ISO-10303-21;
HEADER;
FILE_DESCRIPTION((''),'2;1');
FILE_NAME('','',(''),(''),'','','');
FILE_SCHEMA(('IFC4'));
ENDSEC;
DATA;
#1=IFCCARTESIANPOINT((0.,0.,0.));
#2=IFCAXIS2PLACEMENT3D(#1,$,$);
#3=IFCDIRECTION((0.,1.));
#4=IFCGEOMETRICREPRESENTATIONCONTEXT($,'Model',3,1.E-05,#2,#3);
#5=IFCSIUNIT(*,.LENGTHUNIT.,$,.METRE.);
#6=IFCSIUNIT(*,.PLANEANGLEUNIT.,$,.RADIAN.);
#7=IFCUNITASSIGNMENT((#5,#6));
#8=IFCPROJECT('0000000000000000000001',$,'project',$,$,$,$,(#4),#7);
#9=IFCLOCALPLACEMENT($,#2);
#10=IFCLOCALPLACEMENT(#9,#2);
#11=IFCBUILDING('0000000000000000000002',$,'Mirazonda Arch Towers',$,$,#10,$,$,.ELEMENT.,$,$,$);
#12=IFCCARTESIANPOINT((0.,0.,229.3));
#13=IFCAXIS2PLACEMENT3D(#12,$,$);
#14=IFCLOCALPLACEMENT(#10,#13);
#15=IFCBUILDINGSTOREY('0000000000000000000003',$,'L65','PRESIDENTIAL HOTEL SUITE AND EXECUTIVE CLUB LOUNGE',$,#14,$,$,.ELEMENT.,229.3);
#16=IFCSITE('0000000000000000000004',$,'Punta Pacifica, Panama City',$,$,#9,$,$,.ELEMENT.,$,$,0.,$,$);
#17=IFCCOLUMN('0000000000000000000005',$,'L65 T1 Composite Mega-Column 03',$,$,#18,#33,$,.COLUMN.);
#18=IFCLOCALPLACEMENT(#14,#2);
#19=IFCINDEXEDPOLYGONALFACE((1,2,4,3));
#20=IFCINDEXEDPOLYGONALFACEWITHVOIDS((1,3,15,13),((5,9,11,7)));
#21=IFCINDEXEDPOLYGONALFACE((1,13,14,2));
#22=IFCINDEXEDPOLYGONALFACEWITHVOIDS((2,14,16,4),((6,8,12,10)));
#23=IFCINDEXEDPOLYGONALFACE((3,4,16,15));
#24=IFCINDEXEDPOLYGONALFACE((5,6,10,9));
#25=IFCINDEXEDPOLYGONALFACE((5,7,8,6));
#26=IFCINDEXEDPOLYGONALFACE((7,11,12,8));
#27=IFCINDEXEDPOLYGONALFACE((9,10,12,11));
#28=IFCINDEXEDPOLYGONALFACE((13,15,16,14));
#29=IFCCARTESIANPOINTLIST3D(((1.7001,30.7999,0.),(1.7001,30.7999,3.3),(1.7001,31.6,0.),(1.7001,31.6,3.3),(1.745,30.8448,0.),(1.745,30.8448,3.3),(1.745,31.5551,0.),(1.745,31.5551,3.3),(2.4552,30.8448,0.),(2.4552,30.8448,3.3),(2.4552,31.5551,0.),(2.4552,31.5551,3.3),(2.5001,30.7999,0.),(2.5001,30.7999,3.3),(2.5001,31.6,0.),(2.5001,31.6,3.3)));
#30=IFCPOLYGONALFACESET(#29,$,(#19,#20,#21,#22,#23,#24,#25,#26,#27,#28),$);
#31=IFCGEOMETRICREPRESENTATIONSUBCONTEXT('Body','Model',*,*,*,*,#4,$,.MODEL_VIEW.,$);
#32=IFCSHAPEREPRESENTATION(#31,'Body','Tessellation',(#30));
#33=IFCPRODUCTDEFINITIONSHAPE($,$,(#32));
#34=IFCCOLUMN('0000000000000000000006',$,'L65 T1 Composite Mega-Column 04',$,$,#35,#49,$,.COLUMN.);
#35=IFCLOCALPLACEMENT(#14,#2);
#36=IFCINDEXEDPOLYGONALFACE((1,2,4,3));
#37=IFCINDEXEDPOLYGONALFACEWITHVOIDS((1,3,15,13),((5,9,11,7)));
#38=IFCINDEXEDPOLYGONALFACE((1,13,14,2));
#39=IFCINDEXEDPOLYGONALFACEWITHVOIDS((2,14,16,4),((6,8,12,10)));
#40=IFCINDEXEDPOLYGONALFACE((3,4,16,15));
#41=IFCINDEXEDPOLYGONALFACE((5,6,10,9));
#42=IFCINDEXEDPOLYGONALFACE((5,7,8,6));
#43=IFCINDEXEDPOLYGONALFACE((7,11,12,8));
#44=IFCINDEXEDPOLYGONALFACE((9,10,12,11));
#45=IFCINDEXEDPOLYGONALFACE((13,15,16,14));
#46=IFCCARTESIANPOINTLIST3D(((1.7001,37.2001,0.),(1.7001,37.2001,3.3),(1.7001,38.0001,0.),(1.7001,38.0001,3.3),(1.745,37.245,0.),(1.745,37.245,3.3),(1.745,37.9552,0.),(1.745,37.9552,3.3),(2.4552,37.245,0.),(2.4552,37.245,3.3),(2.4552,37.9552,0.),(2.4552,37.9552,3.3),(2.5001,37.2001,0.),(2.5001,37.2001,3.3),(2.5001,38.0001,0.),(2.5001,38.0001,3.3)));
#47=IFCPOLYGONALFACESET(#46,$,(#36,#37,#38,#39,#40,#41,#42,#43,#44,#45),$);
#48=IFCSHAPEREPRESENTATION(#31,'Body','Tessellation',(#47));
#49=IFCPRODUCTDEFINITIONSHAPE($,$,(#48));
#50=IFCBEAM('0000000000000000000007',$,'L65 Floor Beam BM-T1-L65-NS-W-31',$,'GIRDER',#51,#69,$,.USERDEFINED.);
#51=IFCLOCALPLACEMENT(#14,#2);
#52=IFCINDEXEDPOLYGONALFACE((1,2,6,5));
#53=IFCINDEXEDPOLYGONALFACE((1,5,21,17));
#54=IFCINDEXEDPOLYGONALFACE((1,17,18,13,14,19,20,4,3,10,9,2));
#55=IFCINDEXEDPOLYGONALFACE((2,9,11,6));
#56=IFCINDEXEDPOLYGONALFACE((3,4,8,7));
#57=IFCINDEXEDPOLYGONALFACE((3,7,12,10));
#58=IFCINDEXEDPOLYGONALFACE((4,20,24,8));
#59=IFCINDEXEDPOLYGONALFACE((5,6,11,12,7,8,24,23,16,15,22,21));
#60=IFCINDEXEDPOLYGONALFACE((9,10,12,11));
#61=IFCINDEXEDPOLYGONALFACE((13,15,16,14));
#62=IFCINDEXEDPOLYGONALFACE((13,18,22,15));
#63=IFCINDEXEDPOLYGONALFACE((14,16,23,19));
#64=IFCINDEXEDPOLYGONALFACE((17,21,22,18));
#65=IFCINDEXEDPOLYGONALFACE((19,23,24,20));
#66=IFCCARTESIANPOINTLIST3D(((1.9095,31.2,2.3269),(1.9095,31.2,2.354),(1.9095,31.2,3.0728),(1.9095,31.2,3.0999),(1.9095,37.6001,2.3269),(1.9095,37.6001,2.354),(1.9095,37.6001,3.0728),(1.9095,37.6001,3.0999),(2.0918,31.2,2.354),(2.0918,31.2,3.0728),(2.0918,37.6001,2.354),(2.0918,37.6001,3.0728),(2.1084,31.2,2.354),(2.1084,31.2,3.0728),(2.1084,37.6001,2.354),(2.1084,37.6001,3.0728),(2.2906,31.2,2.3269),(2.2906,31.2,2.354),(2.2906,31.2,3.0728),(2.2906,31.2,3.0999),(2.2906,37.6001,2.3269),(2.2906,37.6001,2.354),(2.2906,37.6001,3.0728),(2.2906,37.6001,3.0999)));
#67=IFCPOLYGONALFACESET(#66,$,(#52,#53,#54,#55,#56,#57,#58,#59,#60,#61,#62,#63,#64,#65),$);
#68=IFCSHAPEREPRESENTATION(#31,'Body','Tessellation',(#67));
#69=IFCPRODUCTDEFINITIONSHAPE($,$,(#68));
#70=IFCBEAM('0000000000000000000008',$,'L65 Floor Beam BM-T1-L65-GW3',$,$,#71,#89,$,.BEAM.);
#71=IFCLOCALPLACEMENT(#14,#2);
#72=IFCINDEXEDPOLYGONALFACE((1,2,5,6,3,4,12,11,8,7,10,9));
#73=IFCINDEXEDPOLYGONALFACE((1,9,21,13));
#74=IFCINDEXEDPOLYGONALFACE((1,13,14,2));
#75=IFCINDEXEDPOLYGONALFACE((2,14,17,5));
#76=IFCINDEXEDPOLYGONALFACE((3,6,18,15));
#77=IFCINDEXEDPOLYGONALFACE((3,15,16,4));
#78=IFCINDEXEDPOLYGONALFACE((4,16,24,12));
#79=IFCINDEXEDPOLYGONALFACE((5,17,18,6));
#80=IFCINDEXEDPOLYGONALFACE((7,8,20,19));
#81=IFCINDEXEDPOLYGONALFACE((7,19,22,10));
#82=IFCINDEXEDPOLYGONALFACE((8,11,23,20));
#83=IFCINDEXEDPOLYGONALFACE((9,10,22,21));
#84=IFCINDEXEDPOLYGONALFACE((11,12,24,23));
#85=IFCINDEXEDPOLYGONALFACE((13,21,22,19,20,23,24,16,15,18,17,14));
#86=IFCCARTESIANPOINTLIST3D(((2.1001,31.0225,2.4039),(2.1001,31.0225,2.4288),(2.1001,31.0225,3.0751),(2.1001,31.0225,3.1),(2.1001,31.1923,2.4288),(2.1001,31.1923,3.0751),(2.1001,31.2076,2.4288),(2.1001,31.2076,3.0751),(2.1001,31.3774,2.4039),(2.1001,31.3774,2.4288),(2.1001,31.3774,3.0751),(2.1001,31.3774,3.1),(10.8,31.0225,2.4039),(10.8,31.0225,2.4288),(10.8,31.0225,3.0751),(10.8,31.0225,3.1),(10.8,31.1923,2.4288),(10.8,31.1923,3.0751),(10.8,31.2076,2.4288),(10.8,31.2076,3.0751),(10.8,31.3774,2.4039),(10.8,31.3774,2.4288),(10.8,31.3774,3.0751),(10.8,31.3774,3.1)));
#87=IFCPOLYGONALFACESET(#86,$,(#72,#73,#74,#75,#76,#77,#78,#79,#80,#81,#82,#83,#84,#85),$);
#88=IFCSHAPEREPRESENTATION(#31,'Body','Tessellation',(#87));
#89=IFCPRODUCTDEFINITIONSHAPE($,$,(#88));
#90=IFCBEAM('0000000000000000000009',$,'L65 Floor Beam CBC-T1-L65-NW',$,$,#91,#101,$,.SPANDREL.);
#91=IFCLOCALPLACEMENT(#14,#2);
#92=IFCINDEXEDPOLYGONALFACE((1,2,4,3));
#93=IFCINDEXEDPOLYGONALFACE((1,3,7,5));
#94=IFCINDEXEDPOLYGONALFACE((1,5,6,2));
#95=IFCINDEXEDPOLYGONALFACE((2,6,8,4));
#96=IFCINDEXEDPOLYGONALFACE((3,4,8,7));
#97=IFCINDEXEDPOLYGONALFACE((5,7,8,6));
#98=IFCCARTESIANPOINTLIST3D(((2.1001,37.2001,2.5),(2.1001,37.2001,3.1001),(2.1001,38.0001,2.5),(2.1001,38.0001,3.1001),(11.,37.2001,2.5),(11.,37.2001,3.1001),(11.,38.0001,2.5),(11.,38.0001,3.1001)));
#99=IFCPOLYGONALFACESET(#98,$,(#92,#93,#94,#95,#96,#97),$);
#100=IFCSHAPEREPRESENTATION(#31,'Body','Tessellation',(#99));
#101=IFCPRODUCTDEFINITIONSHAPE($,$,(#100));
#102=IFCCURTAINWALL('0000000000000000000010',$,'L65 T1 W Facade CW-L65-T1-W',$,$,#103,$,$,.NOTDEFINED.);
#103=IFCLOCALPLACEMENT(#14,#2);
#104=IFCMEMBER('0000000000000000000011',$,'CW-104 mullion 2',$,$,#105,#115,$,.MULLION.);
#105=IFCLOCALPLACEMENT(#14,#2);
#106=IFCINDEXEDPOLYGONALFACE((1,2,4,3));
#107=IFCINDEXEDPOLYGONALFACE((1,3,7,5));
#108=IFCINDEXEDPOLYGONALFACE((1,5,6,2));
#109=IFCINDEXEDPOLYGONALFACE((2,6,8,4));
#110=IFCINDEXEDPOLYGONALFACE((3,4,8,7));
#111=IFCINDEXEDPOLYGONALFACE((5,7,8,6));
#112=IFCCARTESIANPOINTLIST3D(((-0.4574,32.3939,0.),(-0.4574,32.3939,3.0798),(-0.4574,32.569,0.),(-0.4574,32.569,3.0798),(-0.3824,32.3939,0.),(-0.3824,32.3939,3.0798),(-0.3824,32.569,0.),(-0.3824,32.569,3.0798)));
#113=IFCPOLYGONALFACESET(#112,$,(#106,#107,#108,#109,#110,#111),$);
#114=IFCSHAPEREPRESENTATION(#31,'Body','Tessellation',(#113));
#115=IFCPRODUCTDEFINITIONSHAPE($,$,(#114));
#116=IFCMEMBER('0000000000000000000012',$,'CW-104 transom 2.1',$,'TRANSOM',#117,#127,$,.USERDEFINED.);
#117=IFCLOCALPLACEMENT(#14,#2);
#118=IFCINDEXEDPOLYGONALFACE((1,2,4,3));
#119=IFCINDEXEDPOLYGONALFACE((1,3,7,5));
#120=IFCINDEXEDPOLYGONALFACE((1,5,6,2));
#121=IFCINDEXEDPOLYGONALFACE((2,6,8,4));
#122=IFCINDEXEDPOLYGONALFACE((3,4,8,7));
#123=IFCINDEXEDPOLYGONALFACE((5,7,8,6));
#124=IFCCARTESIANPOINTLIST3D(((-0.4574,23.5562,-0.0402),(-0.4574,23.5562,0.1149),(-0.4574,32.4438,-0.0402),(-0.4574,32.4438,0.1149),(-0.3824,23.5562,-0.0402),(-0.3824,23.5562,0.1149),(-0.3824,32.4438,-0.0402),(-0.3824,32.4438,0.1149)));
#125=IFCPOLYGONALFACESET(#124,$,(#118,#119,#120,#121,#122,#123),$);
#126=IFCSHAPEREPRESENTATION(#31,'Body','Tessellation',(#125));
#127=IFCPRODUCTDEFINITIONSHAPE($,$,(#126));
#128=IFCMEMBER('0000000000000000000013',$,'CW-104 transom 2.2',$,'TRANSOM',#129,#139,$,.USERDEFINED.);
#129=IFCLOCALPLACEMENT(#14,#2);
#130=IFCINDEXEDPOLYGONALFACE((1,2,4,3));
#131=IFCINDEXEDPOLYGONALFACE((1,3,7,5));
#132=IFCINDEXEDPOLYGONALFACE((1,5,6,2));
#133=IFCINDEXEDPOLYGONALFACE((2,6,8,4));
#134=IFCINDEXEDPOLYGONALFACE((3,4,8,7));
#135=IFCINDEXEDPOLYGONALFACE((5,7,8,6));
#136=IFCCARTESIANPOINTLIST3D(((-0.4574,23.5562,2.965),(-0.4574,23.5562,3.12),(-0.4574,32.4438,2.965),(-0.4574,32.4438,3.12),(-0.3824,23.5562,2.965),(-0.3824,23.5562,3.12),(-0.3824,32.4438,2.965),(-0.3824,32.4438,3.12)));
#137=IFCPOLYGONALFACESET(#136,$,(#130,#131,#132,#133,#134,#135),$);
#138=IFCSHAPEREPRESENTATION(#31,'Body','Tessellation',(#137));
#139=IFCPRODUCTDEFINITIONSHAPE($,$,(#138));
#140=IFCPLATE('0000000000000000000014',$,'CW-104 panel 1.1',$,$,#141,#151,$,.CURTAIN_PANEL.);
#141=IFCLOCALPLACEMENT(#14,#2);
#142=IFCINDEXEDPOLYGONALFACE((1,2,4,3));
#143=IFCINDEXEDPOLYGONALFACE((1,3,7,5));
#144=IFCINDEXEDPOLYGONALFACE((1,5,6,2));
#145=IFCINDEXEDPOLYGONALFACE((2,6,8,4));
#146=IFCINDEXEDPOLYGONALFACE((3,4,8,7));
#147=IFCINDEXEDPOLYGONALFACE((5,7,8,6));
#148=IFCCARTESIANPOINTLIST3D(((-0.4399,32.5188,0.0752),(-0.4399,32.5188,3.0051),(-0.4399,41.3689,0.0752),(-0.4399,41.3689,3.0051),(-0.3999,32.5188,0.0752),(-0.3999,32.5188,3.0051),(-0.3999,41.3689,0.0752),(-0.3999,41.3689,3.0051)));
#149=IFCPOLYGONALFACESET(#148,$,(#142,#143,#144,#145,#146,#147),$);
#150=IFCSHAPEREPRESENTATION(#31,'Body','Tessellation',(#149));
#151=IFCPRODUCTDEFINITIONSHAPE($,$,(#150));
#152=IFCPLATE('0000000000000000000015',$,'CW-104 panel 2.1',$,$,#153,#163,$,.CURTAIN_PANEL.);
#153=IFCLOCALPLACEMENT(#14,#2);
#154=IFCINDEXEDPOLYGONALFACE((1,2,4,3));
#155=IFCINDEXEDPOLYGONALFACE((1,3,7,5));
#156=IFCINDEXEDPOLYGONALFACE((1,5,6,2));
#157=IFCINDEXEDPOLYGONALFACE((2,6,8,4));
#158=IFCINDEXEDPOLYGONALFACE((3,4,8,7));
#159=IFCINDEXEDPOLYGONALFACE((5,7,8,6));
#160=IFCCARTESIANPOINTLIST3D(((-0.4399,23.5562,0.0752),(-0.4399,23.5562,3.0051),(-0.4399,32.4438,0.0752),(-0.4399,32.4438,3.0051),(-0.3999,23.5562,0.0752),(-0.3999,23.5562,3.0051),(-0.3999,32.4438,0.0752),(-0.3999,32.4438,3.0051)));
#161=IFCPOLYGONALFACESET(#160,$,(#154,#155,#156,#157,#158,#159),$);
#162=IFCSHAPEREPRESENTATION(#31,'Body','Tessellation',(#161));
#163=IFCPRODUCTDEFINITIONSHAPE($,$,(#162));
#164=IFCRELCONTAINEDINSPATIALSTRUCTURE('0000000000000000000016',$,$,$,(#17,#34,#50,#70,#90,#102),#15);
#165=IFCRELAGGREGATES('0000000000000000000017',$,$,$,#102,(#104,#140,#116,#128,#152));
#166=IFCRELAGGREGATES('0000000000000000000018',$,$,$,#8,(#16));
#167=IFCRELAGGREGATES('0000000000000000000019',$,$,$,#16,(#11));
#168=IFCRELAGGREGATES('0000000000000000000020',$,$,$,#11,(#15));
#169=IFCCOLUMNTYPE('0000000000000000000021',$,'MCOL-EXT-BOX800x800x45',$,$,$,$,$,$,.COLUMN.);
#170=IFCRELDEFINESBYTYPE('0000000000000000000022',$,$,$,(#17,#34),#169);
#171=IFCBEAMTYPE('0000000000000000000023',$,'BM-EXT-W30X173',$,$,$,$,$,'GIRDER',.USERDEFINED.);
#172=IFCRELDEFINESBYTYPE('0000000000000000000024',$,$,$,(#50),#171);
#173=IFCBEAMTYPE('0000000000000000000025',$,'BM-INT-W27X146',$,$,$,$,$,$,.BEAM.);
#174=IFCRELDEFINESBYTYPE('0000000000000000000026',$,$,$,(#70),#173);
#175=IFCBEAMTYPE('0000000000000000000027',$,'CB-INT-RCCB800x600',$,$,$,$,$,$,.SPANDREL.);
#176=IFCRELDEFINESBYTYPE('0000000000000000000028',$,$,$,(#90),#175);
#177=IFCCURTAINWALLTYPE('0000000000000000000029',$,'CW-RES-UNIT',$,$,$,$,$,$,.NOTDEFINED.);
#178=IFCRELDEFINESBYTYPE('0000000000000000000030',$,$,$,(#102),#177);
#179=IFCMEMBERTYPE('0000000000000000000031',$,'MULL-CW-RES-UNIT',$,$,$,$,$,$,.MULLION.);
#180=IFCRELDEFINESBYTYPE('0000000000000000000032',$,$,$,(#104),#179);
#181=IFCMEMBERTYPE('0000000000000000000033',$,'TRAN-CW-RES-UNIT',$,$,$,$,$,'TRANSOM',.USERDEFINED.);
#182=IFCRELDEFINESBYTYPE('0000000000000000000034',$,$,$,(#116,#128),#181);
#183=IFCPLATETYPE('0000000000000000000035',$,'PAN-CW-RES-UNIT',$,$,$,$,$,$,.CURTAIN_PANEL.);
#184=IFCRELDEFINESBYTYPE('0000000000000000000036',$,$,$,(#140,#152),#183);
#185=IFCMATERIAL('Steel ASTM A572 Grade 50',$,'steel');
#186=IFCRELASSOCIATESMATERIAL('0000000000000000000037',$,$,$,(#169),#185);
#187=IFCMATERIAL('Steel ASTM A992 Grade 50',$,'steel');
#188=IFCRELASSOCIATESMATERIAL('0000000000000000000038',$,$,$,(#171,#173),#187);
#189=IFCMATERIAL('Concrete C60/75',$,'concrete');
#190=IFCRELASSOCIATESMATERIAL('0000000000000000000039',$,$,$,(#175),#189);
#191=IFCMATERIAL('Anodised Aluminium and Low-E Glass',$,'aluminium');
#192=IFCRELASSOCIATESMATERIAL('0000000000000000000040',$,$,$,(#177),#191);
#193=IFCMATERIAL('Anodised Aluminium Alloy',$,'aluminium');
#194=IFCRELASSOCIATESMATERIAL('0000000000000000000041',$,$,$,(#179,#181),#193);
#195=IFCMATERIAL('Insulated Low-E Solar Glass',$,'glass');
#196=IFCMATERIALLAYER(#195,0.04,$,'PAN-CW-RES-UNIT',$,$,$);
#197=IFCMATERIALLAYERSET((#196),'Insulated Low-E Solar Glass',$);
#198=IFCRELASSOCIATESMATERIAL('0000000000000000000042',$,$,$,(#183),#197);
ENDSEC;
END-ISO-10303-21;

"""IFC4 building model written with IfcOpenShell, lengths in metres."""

from ifc_helpers import new_model, si_unit, direction, frame, origin, origin_2d, place, context, subcontext, project, spatial, rectangle, hollow_rectangle, i_section, extrude, material, layer, layer_set, material_profile, profile_set, type_object, element, aggregate, save


model = new_model("IFC4")

# Units and contexts
model_context = context("Model", 3, precision=1e-05, world=origin(), true_north=direction((0.0, 1.0)))
body_context = subcontext(model_context, "Body", "Model", "MODEL_VIEW")
ifc_project = project(units=[si_unit("LENGTHUNIT", "METRE"), si_unit("PLANEANGLEUNIT", "RADIAN")], contexts=[model_context])

# Site, building, storey
site_placement = place(None, origin())
site = spatial("IfcSite", under=ifc_project, at=site_placement, Name="Punta Pacifica, Panama City", CompositionType="ELEMENT", RefElevation=0.0)
building_placement = place(site_placement, origin())
building = spatial("IfcBuilding", under=site, at=building_placement, Name="Mirazonda Arch Towers", CompositionType="ELEMENT")
storey_placement = place(building_placement, frame((0.0, 0.0, 229.3)))
storey = spatial("IfcBuildingStorey", under=building, at=storey_placement, Name="L65", Description="PRESIDENTIAL HOTEL SUITE AND EXECUTIVE CLUB LOUNGE", CompositionType="ELEMENT", Elevation=229.3)

# Columns
ifc_material_1 = material(Name="Steel ASTM A572 Grade 50", Category="steel")
ifc_material_profile_1 = material_profile(ifc_material_1, hollow_rectangle(XDim=0.8, YDim=0.8, WallThickness=0.0449, at=origin_2d()), Name="BOX800x800x45")
ifc_profile_set_1 = profile_set([ifc_material_profile_1], Name="Steel ASTM A572 Grade 50")
column_type = type_object("IfcColumnType", Name="MCOL-EXT-BOX800x800x45", PredefinedType="COLUMN", material=ifc_profile_set_1)
for number, where, z_axis, x_axis, name in (
    (1, (2.1001, 31.2, 0.0), (0.0, 0.0, 1.0), (1.0, 0.0, 0.0), "L65 T1 Composite Mega-Column 03"),
    (2, (2.1001, 37.6001, 0.0), (0.0, 0.0, 1.0), (1.0, 0.0, 0.0), "L65 T1 Composite Mega-Column 04"),
):
    element("IfcColumn", number, at=place(storey_placement, frame(where, z_axis=z_axis, x_axis=x_axis)), inside=storey, type_object=column_type, Name=name, PredefinedType="COLUMN", context=body_context, shape_type="SweptSolid", body=[
        extrude(hollow_rectangle(XDim=0.8, YDim=0.8, WallThickness=0.0449, at=origin_2d()), origin(), (0.0, 0.0, 1.0), 3.3),
    ])

# Beams
ifc_material_2 = material(Name="Steel ASTM A992 Grade 50", Category="steel")
ifc_material_profile_2 = material_profile(ifc_material_2, i_section(OverallWidth=0.3811, OverallDepth=0.7729, WebThickness=0.0166, FlangeThickness=0.0271, at=origin_2d()), Name="W30X173")
ifc_profile_set_2 = profile_set([ifc_material_profile_2], Name="Steel ASTM A992 Grade 50")
beam_type_1 = type_object("IfcBeamType", Name="BM-EXT-W30X173", ElementType="GIRDER", PredefinedType="USERDEFINED", material=ifc_profile_set_2)
beam_1_placement = place(storey_placement, frame((2.1001, 31.2, 2.7134), z_axis=(0.0, 1.0, 0.0), x_axis=(-1.0, 0.0, 0.0)))
element("IfcBeam", 3, at=beam_1_placement, inside=storey, type_object=beam_type_1, Name="L65 Floor Beam BM-T1-L65-NS-W-31", ObjectType="GIRDER", PredefinedType="USERDEFINED", context=body_context, shape_type="SweptSolid", body=[
    extrude(i_section(OverallWidth=0.3811, OverallDepth=0.7729, WebThickness=0.0166, FlangeThickness=0.0271, at=origin_2d()), origin(), (0.0, 0.0, 1.0), 6.4001),
])
ifc_material_profile_3 = material_profile(ifc_material_2, i_section(OverallWidth=0.355, OverallDepth=0.696, WebThickness=0.0154, FlangeThickness=0.0249, at=origin_2d()), Name="W27X146")
ifc_profile_set_3 = profile_set([ifc_material_profile_3], Name="Steel ASTM A992 Grade 50")
beam_type_2 = type_object("IfcBeamType", Name="BM-INT-W27X146", PredefinedType="BEAM", material=ifc_profile_set_3)
beam_2_placement = place(storey_placement, frame((2.1001, 31.2, 2.752), z_axis=(1.0, 0.0, 0.0), x_axis=(0.0, 1.0, 0.0)))
element("IfcBeam", 4, at=beam_2_placement, inside=storey, type_object=beam_type_2, Name="L65 Floor Beam BM-T1-L65-GW3", PredefinedType="BEAM", context=body_context, shape_type="SweptSolid", body=[
    extrude(i_section(OverallWidth=0.355, OverallDepth=0.696, WebThickness=0.0154, FlangeThickness=0.0249, at=origin_2d()), origin(), (0.0, 0.0, 1.0), 8.7),
])
ifc_material_3 = material(Name="Concrete C60/75", Category="concrete")
ifc_material_profile_4 = material_profile(ifc_material_3, rectangle(XDim=0.8, YDim=0.6001, at=origin_2d()), Name="RCCB800x600")
ifc_profile_set_4 = profile_set([ifc_material_profile_4], Name="Concrete C60/75")
beam_type_3 = type_object("IfcBeamType", Name="CB-INT-RCCB800x600", PredefinedType="SPANDREL", material=ifc_profile_set_4)
beam_3_placement = place(storey_placement, frame((2.1001, 37.6001, 2.8), z_axis=(1.0, 0.0, 0.0), x_axis=(0.0, 1.0, 0.0)))
element("IfcBeam", 5, at=beam_3_placement, inside=storey, type_object=beam_type_3, Name="L65 Floor Beam CBC-T1-L65-NW", PredefinedType="SPANDREL", context=body_context, shape_type="SweptSolid", body=[
    extrude(rectangle(XDim=0.8, YDim=0.6001, at=origin_2d()), origin(), (0.0, 0.0, 1.0), 8.8999),
])

# Curtain wall, members, plates
ifc_material_4 = material(Name="Anodised Aluminium and Low-E Glass", Category="aluminium")
curtain_wall_type = type_object("IfcCurtainWallType", Name="CW-RES-UNIT", PredefinedType="NOTDEFINED", material=ifc_material_4)
curtain_wall_placement = place(storey_placement, origin())
curtain_wall = element("IfcCurtainWall", 6, at=curtain_wall_placement, inside=storey, type_object=curtain_wall_type, Name="L65 T1 W Facade CW-L65-T1-W", PredefinedType="NOTDEFINED")
ifc_material_5 = material(Name="Anodised Aluminium Alloy", Category="aluminium")
ifc_material_profile_5 = material_profile(ifc_material_5, rectangle(XDim=0.075, YDim=0.175, at=origin_2d()), Name="ALU-MULL-75x175")
ifc_profile_set_5 = profile_set([ifc_material_profile_5], Name="Anodised Aluminium Alloy")
member_type_1 = type_object("IfcMemberType", Name="MULL-CW-RES-UNIT", PredefinedType="MULLION", material=ifc_profile_set_5)
member_1_placement = place(storey_placement, frame((-0.4199, 32.4814, 0.0), z_axis=(0.0, 0.0, 1.0), x_axis=(1.0, 0.0, 0.0)))
member_1 = element("IfcMember", 7, at=member_1_placement, type_object=member_type_1, Name="CW-104 mullion 2", PredefinedType="MULLION", context=body_context, shape_type="SweptSolid", body=[
    extrude(rectangle(XDim=0.075, YDim=0.175, at=origin_2d()), origin(), (0.0, 0.0, 1.0), 3.0798),
])
ifc_material_profile_6 = material_profile(ifc_material_5, rectangle(XDim=0.075, YDim=0.155, at=origin_2d()), Name="ALU-TRAN-75x155")
ifc_profile_set_6 = profile_set([ifc_material_profile_6], Name="Anodised Aluminium Alloy")
member_type_2 = type_object("IfcMemberType", Name="TRAN-CW-RES-UNIT", ElementType="TRANSOM", PredefinedType="USERDEFINED", material=ifc_profile_set_6)
member_2_placement = place(storey_placement, frame((-0.4199, 32.4438, 0.0374), z_axis=(0.0, -1.0, 0.0), x_axis=(1.0, 0.0, 0.0)))
member_2 = element("IfcMember", 8, at=member_2_placement, type_object=member_type_2, Name="CW-104 transom 2.1", ObjectType="TRANSOM", PredefinedType="USERDEFINED", context=body_context, shape_type="SweptSolid", body=[
    extrude(rectangle(XDim=0.075, YDim=0.155, at=origin_2d()), origin(), (0.0, 0.0, 1.0), 8.8877),
])
member_3_placement = place(storey_placement, frame((-0.4199, 32.4438, 3.0425), z_axis=(0.0, -1.0, 0.0), x_axis=(1.0, 0.0, 0.0)))
member_3 = element("IfcMember", 9, at=member_3_placement, type_object=member_type_2, Name="CW-104 transom 2.2", ObjectType="TRANSOM", PredefinedType="USERDEFINED", context=body_context, shape_type="SweptSolid", body=[
    extrude(rectangle(XDim=0.075, YDim=0.155, at=origin_2d()), origin(), (0.0, 0.0, 1.0), 8.8877),
])
ifc_material_6 = material(Name="Insulated Low-E Solar Glass", Category="glass")
ifc_layer_1 = layer(ifc_material_6, 0.04, Name="PAN-CW-RES-UNIT")
ifc_layer_set_1 = layer_set([ifc_layer_1], Name="Insulated Low-E Solar Glass")
plate_type = type_object("IfcPlateType", Name="PAN-CW-RES-UNIT", PredefinedType="CURTAIN_PANEL", material=ifc_layer_set_1)
plate_1_placement = place(storey_placement, frame((-0.4199, 36.9438, 0.0752), z_axis=(0.0, 0.0, 1.0), x_axis=(0.0, -1.0, 0.0)))
plate_1 = element("IfcPlate", 10, at=plate_1_placement, type_object=plate_type, Name="CW-104 panel 1.1", PredefinedType="CURTAIN_PANEL", context=body_context, shape_type="SweptSolid", body=[
    extrude(rectangle(XDim=8.8501, YDim=0.04, at=origin_2d()), origin(), (0.0, 0.0, 1.0), 2.9299),
])
plate_2_placement = place(storey_placement, frame((-0.4199, 28.0, 0.0752), z_axis=(0.0, 0.0, 1.0), x_axis=(0.0, -1.0, 0.0)))
plate_2 = element("IfcPlate", 11, at=plate_2_placement, type_object=plate_type, Name="CW-104 panel 2.1", PredefinedType="CURTAIN_PANEL", context=body_context, shape_type="SweptSolid", body=[
    extrude(rectangle(XDim=8.8877, YDim=0.04, at=origin_2d()), origin(), (0.0, 0.0, 1.0), 2.9299),
])
aggregate(curtain_wall, [member_1, plate_1, member_2, member_3, plate_2])

save(model, "model.ifc")
